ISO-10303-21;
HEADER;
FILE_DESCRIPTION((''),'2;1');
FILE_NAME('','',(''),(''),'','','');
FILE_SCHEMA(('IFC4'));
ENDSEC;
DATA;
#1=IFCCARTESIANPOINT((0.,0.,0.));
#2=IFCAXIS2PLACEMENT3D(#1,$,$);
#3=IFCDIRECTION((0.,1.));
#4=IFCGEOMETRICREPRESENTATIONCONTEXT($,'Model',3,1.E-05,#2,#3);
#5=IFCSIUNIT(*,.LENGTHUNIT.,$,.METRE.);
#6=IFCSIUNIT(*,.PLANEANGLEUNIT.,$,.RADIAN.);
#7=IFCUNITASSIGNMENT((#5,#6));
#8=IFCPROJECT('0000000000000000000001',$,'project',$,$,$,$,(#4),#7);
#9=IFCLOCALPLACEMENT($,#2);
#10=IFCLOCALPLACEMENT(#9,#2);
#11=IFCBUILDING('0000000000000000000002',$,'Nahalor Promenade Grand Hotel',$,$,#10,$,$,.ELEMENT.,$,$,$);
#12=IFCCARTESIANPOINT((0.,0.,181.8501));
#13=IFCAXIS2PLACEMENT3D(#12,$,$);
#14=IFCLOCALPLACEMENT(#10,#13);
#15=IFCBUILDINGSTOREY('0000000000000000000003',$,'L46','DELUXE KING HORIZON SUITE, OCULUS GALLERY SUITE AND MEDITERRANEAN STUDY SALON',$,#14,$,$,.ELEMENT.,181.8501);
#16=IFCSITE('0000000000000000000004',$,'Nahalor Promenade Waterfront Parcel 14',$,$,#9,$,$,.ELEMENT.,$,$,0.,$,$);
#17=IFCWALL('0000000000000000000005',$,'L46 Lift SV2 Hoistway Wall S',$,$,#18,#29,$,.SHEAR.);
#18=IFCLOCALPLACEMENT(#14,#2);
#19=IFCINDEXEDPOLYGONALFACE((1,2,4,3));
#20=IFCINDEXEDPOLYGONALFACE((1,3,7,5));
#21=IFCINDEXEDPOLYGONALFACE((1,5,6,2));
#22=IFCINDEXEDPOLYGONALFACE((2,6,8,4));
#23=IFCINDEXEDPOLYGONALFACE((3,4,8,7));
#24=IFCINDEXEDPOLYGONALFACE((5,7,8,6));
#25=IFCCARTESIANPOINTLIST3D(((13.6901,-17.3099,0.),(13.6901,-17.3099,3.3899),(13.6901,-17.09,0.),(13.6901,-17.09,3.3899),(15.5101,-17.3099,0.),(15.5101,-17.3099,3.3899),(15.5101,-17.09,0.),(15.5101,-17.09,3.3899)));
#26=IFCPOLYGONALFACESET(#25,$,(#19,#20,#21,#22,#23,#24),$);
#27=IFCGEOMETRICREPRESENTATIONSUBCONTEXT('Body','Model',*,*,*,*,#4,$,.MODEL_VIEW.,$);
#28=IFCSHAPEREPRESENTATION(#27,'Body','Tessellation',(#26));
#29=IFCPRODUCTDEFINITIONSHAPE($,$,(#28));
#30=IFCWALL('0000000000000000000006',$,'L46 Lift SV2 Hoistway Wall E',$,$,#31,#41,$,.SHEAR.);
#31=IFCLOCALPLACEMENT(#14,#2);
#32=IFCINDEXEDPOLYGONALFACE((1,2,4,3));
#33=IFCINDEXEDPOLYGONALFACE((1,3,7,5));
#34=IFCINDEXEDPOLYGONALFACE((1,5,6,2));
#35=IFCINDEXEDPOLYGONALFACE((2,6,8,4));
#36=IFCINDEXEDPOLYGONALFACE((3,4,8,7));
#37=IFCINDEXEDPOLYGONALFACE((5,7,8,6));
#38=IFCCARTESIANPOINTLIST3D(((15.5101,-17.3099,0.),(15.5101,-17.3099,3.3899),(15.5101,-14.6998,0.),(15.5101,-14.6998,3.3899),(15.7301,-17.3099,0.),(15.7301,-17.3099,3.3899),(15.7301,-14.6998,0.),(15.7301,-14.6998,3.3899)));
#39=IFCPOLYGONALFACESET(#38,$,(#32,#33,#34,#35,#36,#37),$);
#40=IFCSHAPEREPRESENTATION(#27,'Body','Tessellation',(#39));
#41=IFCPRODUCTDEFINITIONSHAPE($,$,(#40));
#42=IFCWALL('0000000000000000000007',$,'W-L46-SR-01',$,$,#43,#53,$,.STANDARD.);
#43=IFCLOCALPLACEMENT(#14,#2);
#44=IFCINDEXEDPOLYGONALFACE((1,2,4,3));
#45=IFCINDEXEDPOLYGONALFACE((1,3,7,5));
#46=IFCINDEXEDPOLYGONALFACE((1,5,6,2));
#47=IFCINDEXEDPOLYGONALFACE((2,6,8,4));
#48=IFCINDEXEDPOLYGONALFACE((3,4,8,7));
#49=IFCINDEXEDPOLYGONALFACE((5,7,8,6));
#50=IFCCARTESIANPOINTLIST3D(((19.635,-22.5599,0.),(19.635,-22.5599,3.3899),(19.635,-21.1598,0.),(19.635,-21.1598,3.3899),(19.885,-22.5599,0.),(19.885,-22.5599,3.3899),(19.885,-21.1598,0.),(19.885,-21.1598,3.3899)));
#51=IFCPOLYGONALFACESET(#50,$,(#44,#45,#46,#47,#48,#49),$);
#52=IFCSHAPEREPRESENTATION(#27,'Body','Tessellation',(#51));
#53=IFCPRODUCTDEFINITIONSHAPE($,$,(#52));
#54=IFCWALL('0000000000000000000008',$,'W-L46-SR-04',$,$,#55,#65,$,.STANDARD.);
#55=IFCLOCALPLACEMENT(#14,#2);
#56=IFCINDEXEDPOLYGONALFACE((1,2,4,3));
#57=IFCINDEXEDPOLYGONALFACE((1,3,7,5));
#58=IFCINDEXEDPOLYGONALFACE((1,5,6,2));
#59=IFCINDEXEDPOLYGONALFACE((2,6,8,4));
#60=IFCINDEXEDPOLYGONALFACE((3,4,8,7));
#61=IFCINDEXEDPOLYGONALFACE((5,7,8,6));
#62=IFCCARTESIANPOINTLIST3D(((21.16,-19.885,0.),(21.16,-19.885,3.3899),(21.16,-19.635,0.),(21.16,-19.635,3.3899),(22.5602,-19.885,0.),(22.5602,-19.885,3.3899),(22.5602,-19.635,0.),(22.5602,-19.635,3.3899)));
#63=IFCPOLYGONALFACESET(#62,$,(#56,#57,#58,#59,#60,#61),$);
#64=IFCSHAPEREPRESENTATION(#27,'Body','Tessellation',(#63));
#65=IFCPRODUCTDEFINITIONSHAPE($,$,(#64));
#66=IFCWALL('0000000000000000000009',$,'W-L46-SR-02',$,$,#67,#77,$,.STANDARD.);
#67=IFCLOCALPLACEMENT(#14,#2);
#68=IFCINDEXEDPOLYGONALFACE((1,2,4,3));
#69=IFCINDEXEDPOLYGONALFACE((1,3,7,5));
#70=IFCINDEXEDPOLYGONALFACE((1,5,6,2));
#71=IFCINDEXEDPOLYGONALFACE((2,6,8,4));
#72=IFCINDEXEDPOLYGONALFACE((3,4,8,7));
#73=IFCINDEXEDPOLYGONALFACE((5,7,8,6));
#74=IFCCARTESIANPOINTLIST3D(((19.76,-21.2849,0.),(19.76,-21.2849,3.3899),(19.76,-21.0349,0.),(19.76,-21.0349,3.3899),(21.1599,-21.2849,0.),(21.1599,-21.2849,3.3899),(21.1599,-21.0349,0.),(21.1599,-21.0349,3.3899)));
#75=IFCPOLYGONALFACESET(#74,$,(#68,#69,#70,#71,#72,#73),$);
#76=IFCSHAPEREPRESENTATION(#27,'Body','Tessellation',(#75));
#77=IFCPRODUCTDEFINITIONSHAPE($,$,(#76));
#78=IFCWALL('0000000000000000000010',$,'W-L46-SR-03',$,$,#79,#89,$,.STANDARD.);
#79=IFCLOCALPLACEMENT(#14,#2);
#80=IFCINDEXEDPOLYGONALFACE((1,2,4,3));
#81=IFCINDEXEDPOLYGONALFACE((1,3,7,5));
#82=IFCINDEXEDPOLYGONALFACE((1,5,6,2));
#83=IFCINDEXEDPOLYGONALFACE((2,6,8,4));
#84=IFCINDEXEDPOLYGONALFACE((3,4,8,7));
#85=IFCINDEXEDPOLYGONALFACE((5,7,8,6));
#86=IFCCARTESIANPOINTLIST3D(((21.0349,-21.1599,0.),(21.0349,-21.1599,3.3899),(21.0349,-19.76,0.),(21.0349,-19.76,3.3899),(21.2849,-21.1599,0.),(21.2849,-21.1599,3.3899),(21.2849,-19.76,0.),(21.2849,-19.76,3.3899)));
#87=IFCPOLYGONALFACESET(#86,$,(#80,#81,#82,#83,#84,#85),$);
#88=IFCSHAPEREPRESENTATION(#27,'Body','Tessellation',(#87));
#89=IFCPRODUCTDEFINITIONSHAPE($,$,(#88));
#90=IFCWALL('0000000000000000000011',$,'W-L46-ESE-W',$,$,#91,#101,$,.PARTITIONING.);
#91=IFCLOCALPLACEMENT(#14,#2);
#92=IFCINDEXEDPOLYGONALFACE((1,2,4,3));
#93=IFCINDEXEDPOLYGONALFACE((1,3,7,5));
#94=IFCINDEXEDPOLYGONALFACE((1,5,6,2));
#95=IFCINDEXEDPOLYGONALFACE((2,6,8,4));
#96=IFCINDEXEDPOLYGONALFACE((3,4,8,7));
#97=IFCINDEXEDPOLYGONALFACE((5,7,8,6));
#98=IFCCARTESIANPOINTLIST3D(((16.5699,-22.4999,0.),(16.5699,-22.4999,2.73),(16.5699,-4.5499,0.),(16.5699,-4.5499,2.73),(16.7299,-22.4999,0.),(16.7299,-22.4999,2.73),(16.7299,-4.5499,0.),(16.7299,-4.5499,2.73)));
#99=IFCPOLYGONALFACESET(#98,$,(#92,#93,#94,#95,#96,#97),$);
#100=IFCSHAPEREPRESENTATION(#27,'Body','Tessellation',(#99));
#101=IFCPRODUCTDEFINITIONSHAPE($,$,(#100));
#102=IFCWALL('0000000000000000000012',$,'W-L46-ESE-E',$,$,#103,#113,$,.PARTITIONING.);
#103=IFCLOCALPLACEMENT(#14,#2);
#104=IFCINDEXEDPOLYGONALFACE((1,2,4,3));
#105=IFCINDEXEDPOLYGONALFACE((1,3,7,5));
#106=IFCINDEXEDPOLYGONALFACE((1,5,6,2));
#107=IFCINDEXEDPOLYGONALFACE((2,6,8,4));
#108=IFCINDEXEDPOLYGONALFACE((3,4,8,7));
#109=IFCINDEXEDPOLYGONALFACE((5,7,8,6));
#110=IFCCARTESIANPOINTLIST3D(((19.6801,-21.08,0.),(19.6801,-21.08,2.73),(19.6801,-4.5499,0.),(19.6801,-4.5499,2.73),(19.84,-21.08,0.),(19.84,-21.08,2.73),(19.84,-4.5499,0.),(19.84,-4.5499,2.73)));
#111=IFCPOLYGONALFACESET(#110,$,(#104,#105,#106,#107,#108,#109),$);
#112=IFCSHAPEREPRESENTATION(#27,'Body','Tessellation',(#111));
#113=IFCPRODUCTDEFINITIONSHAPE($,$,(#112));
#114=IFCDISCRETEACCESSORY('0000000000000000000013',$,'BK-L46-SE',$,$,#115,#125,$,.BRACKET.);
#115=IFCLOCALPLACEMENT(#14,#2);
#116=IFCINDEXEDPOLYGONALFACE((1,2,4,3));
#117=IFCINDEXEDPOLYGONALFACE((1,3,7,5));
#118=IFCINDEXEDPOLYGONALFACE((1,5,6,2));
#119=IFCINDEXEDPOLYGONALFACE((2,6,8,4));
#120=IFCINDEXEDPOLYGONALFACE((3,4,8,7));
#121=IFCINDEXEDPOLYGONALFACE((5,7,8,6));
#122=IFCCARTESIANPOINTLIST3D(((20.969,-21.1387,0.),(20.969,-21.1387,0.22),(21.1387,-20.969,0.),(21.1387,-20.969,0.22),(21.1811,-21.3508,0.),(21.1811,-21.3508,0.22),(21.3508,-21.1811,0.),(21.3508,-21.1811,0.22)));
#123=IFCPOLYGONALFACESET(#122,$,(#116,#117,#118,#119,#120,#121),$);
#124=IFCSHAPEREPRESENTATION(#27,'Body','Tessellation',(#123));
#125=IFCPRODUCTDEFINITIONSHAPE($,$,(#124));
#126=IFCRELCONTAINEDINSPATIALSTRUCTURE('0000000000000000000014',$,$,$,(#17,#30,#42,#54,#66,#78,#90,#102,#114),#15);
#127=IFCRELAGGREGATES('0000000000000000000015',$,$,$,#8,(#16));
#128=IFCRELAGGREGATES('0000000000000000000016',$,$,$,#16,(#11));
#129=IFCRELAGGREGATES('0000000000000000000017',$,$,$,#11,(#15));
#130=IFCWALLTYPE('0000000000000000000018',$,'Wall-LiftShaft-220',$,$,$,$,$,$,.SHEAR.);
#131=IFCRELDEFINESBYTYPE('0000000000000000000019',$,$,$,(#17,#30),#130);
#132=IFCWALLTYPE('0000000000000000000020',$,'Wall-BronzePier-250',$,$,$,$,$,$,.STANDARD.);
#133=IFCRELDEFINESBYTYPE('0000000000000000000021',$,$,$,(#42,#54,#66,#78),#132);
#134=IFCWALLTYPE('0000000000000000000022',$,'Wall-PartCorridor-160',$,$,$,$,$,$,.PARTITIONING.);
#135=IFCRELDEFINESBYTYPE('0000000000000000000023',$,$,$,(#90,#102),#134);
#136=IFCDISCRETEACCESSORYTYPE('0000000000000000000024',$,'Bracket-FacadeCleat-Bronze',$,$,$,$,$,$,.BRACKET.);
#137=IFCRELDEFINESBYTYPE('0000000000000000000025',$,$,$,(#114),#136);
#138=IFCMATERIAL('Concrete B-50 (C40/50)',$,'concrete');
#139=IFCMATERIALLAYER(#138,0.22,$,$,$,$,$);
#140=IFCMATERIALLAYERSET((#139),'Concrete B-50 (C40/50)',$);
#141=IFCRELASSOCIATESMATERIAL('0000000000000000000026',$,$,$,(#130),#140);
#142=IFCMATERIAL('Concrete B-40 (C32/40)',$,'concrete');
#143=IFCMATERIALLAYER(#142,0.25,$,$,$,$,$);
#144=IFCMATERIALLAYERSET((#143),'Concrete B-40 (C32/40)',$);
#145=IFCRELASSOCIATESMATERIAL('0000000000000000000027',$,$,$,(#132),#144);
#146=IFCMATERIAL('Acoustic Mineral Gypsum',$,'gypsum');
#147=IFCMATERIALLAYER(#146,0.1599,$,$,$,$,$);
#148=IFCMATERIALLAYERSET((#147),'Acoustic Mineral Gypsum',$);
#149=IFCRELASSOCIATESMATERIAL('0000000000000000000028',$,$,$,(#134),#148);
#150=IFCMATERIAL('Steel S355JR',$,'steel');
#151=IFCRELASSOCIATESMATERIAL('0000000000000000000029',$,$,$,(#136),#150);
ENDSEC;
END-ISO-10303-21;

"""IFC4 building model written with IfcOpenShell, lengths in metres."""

from ifc_helpers import new_model, si_unit, direction, frame, frame_2d, origin, origin_2d, place, context, subcontext, project, spatial, rectangle, extrude, source, transform, mapped, material, layer, layer_set, type_object, element, save


model = new_model("IFC4")

# Units and contexts
model_context = context("Model", 3, precision=1e-05, world=origin(), true_north=direction((0.0, 1.0)))
body_context = subcontext(model_context, "Body", "Model", "MODEL_VIEW")
ifc_project = project(units=[si_unit("LENGTHUNIT", "METRE"), si_unit("PLANEANGLEUNIT", "RADIAN")], contexts=[model_context])

# Site, building, storey
site_placement = place(None, origin())
site = spatial("IfcSite", under=ifc_project, at=site_placement, Name="Nahalor Promenade Waterfront Parcel 14", CompositionType="ELEMENT", RefElevation=0.0)
building_placement = place(site_placement, origin())
building = spatial("IfcBuilding", under=site, at=building_placement, Name="Nahalor Promenade Grand Hotel", CompositionType="ELEMENT")
storey_placement = place(building_placement, frame((0.0, 0.0, 181.8501)))
storey = spatial("IfcBuildingStorey", under=building, at=storey_placement, Name="L46", Description="DELUXE KING HORIZON SUITE, OCULUS GALLERY SUITE AND MEDITERRANEAN STUDY SALON", CompositionType="ELEMENT", Elevation=181.8501)

# Shared definitions
ifc_material_1 = material(Name="Steel S355JR", Category="steel")

# Walls
ifc_material_2 = material(Name="Concrete B-50 (C40/50)", Category="concrete")
ifc_layer_1 = layer(ifc_material_2, 0.22)
ifc_layer_set_1 = layer_set([ifc_layer_1], Name="Concrete B-50 (C40/50)")
wall_type_1 = type_object("IfcWallType", Name="Wall-LiftShaft-220", PredefinedType="SHEAR", material=ifc_layer_set_1)
shared_shape_1 = source(origin(), body_context, "Body", "SweptSolid", [
    extrude(rectangle(XDim=1.8201, YDim=0.22, at=frame_2d((0.9102, 0.0))), origin(), (0.0, 0.0, 1.0), 3.3899),
])
wall_1_placement = place(storey_placement, frame((13.6899, -17.2, 0.0), z_axis=(0.0, 0.0, 1.0), x_axis=(1.0, 0.0, 0.0)))
element("IfcWall", 1, at=wall_1_placement, inside=storey, type_object=wall_type_1, Name="L46 Lift SV2 Hoistway Wall S", PredefinedType="SHEAR", context=body_context, shape_type="MappedRepresentation", body=[
    mapped(shared_shape_1, transform((0.0, 0.0, 0.0), scale=1.0)),
])
shared_shape_2 = source(origin(), body_context, "Body", "SweptSolid", [
    extrude(rectangle(XDim=2.6101, YDim=0.22, at=frame_2d((1.3052, 0.0))), origin(), (0.0, 0.0, 1.0), 3.3899),
])
wall_2_placement = place(storey_placement, frame((15.6201, -17.3101, 0.0), z_axis=(0.0, 0.0, 1.0), x_axis=(0.0, 1.0, 0.0)))
element("IfcWall", 2, at=wall_2_placement, inside=storey, type_object=wall_type_1, Name="L46 Lift SV2 Hoistway Wall E", PredefinedType="SHEAR", context=body_context, shape_type="MappedRepresentation", body=[
    mapped(shared_shape_2, transform((0.0, 0.0, 0.0), scale=1.0)),
])
ifc_material_3 = material(Name="Concrete B-40 (C32/40)", Category="concrete")
ifc_layer_2 = layer(ifc_material_3, 0.25)
ifc_layer_set_2 = layer_set([ifc_layer_2], Name="Concrete B-40 (C32/40)")
wall_type_2 = type_object("IfcWallType", Name="Wall-BronzePier-250", PredefinedType="STANDARD", material=ifc_layer_set_2)
shared_shape_3 = source(origin(), body_context, "Body", "SweptSolid", [
    extrude(rectangle(XDim=1.4001, YDim=0.25, at=frame_2d((0.7002, 0.0))), origin(), (0.0, 0.0, 1.0), 3.3899),
])
for number, where, z_axis, x_axis, name in (
    (3, (19.76, -22.5601, 0.0), (0.0, 0.0, 1.0), (0.0, 1.0, 0.0), "W-L46-SR-01"),
    (4, (21.1599, -19.76, 0.0), (0.0, 0.0, 1.0), (1.0, 0.0, 0.0), "W-L46-SR-04"),
):
    element("IfcWall", number, at=place(storey_placement, frame(where, z_axis=z_axis, x_axis=x_axis)), inside=storey, type_object=wall_type_2, Name=name, PredefinedType="STANDARD", context=body_context, shape_type="MappedRepresentation", body=[
        mapped(shared_shape_3, transform((0.0, 0.0, 0.0), scale=1.0)),
    ])
shared_shape_4 = source(origin(), body_context, "Body", "SweptSolid", [
    extrude(rectangle(XDim=1.3999, YDim=0.25, at=frame_2d((0.7, 0.0))), origin(), (0.0, 0.0, 1.0), 3.3899),
])
for number, where, z_axis, x_axis, name in (
    (5, (19.76, -21.1599, 0.0), (0.0, 0.0, 1.0), (1.0, 0.0, 0.0), "W-L46-SR-02"),
    (6, (21.1599, -21.1599, 0.0), (0.0, 0.0, 1.0), (0.0, 1.0, 0.0), "W-L46-SR-03"),
):
    element("IfcWall", number, at=place(storey_placement, frame(where, z_axis=z_axis, x_axis=x_axis)), inside=storey, type_object=wall_type_2, Name=name, PredefinedType="STANDARD", context=body_context, shape_type="MappedRepresentation", body=[
        mapped(shared_shape_4, transform((0.0, 0.0, 0.0), scale=1.0)),
    ])
ifc_material_4 = material(Name="Acoustic Mineral Gypsum", Category="gypsum")
ifc_layer_3 = layer(ifc_material_4, 0.1599)
ifc_layer_set_3 = layer_set([ifc_layer_3], Name="Acoustic Mineral Gypsum")
wall_type_3 = type_object("IfcWallType", Name="Wall-PartCorridor-160", PredefinedType="PARTITIONING", material=ifc_layer_set_3)
shared_shape_5 = source(origin(), body_context, "Body", "SweptSolid", [
    extrude(rectangle(XDim=17.95, YDim=0.1599, at=frame_2d((8.9751, 0.0))), origin(), (0.0, 0.0, 1.0), 2.73),
])
wall_3_placement = place(storey_placement, frame((16.6499, -22.5, 0.0), z_axis=(0.0, 0.0, 1.0), x_axis=(0.0, 1.0, 0.0)))
element("IfcWall", 7, at=wall_3_placement, inside=storey, type_object=wall_type_3, Name="W-L46-ESE-W", PredefinedType="PARTITIONING", context=body_context, shape_type="MappedRepresentation", body=[
    mapped(shared_shape_5, transform((0.0, 0.0, 0.0), scale=1.0)),
])
shared_shape_6 = source(origin(), body_context, "Body", "SweptSolid", [
    extrude(rectangle(XDim=16.53, YDim=0.1599, at=frame_2d((8.2651, 0.0))), origin(), (0.0, 0.0, 1.0), 2.73),
])
wall_4_placement = place(storey_placement, frame((19.76, -21.0801, 0.0), z_axis=(0.0, 0.0, 1.0), x_axis=(0.0, 1.0, 0.0)))
element("IfcWall", 8, at=wall_4_placement, inside=storey, type_object=wall_type_3, Name="W-L46-ESE-E", PredefinedType="PARTITIONING", context=body_context, shape_type="MappedRepresentation", body=[
    mapped(shared_shape_6, transform((0.0, 0.0, 0.0), scale=1.0)),
])

# Discrete accessory
discrete_accessory_type = type_object("IfcDiscreteAccessoryType", Name="Bracket-FacadeCleat-Bronze", PredefinedType="BRACKET", material=ifc_material_1)
shared_shape_7 = source(origin(), body_context, "Body", "SweptSolid", [
    extrude(rectangle(XDim=0.3, YDim=0.24, at=origin_2d()), origin(), (0.0, 0.0, 1.0), 0.22),
])
discrete_accessory_placement = place(storey_placement, frame((21.1599, -21.1599, 0.0), z_axis=(0.0, 0.0, 1.0), x_axis=(-0.707107, 0.707107, 0.0)))
element("IfcDiscreteAccessory", 9, at=discrete_accessory_placement, inside=storey, type_object=discrete_accessory_type, Name="BK-L46-SE", PredefinedType="BRACKET", context=body_context, shape_type="MappedRepresentation", body=[
    mapped(shared_shape_7, transform((0.0, 0.0, 0.0), scale=1.0)),
])

save(model, "model.ifc")
